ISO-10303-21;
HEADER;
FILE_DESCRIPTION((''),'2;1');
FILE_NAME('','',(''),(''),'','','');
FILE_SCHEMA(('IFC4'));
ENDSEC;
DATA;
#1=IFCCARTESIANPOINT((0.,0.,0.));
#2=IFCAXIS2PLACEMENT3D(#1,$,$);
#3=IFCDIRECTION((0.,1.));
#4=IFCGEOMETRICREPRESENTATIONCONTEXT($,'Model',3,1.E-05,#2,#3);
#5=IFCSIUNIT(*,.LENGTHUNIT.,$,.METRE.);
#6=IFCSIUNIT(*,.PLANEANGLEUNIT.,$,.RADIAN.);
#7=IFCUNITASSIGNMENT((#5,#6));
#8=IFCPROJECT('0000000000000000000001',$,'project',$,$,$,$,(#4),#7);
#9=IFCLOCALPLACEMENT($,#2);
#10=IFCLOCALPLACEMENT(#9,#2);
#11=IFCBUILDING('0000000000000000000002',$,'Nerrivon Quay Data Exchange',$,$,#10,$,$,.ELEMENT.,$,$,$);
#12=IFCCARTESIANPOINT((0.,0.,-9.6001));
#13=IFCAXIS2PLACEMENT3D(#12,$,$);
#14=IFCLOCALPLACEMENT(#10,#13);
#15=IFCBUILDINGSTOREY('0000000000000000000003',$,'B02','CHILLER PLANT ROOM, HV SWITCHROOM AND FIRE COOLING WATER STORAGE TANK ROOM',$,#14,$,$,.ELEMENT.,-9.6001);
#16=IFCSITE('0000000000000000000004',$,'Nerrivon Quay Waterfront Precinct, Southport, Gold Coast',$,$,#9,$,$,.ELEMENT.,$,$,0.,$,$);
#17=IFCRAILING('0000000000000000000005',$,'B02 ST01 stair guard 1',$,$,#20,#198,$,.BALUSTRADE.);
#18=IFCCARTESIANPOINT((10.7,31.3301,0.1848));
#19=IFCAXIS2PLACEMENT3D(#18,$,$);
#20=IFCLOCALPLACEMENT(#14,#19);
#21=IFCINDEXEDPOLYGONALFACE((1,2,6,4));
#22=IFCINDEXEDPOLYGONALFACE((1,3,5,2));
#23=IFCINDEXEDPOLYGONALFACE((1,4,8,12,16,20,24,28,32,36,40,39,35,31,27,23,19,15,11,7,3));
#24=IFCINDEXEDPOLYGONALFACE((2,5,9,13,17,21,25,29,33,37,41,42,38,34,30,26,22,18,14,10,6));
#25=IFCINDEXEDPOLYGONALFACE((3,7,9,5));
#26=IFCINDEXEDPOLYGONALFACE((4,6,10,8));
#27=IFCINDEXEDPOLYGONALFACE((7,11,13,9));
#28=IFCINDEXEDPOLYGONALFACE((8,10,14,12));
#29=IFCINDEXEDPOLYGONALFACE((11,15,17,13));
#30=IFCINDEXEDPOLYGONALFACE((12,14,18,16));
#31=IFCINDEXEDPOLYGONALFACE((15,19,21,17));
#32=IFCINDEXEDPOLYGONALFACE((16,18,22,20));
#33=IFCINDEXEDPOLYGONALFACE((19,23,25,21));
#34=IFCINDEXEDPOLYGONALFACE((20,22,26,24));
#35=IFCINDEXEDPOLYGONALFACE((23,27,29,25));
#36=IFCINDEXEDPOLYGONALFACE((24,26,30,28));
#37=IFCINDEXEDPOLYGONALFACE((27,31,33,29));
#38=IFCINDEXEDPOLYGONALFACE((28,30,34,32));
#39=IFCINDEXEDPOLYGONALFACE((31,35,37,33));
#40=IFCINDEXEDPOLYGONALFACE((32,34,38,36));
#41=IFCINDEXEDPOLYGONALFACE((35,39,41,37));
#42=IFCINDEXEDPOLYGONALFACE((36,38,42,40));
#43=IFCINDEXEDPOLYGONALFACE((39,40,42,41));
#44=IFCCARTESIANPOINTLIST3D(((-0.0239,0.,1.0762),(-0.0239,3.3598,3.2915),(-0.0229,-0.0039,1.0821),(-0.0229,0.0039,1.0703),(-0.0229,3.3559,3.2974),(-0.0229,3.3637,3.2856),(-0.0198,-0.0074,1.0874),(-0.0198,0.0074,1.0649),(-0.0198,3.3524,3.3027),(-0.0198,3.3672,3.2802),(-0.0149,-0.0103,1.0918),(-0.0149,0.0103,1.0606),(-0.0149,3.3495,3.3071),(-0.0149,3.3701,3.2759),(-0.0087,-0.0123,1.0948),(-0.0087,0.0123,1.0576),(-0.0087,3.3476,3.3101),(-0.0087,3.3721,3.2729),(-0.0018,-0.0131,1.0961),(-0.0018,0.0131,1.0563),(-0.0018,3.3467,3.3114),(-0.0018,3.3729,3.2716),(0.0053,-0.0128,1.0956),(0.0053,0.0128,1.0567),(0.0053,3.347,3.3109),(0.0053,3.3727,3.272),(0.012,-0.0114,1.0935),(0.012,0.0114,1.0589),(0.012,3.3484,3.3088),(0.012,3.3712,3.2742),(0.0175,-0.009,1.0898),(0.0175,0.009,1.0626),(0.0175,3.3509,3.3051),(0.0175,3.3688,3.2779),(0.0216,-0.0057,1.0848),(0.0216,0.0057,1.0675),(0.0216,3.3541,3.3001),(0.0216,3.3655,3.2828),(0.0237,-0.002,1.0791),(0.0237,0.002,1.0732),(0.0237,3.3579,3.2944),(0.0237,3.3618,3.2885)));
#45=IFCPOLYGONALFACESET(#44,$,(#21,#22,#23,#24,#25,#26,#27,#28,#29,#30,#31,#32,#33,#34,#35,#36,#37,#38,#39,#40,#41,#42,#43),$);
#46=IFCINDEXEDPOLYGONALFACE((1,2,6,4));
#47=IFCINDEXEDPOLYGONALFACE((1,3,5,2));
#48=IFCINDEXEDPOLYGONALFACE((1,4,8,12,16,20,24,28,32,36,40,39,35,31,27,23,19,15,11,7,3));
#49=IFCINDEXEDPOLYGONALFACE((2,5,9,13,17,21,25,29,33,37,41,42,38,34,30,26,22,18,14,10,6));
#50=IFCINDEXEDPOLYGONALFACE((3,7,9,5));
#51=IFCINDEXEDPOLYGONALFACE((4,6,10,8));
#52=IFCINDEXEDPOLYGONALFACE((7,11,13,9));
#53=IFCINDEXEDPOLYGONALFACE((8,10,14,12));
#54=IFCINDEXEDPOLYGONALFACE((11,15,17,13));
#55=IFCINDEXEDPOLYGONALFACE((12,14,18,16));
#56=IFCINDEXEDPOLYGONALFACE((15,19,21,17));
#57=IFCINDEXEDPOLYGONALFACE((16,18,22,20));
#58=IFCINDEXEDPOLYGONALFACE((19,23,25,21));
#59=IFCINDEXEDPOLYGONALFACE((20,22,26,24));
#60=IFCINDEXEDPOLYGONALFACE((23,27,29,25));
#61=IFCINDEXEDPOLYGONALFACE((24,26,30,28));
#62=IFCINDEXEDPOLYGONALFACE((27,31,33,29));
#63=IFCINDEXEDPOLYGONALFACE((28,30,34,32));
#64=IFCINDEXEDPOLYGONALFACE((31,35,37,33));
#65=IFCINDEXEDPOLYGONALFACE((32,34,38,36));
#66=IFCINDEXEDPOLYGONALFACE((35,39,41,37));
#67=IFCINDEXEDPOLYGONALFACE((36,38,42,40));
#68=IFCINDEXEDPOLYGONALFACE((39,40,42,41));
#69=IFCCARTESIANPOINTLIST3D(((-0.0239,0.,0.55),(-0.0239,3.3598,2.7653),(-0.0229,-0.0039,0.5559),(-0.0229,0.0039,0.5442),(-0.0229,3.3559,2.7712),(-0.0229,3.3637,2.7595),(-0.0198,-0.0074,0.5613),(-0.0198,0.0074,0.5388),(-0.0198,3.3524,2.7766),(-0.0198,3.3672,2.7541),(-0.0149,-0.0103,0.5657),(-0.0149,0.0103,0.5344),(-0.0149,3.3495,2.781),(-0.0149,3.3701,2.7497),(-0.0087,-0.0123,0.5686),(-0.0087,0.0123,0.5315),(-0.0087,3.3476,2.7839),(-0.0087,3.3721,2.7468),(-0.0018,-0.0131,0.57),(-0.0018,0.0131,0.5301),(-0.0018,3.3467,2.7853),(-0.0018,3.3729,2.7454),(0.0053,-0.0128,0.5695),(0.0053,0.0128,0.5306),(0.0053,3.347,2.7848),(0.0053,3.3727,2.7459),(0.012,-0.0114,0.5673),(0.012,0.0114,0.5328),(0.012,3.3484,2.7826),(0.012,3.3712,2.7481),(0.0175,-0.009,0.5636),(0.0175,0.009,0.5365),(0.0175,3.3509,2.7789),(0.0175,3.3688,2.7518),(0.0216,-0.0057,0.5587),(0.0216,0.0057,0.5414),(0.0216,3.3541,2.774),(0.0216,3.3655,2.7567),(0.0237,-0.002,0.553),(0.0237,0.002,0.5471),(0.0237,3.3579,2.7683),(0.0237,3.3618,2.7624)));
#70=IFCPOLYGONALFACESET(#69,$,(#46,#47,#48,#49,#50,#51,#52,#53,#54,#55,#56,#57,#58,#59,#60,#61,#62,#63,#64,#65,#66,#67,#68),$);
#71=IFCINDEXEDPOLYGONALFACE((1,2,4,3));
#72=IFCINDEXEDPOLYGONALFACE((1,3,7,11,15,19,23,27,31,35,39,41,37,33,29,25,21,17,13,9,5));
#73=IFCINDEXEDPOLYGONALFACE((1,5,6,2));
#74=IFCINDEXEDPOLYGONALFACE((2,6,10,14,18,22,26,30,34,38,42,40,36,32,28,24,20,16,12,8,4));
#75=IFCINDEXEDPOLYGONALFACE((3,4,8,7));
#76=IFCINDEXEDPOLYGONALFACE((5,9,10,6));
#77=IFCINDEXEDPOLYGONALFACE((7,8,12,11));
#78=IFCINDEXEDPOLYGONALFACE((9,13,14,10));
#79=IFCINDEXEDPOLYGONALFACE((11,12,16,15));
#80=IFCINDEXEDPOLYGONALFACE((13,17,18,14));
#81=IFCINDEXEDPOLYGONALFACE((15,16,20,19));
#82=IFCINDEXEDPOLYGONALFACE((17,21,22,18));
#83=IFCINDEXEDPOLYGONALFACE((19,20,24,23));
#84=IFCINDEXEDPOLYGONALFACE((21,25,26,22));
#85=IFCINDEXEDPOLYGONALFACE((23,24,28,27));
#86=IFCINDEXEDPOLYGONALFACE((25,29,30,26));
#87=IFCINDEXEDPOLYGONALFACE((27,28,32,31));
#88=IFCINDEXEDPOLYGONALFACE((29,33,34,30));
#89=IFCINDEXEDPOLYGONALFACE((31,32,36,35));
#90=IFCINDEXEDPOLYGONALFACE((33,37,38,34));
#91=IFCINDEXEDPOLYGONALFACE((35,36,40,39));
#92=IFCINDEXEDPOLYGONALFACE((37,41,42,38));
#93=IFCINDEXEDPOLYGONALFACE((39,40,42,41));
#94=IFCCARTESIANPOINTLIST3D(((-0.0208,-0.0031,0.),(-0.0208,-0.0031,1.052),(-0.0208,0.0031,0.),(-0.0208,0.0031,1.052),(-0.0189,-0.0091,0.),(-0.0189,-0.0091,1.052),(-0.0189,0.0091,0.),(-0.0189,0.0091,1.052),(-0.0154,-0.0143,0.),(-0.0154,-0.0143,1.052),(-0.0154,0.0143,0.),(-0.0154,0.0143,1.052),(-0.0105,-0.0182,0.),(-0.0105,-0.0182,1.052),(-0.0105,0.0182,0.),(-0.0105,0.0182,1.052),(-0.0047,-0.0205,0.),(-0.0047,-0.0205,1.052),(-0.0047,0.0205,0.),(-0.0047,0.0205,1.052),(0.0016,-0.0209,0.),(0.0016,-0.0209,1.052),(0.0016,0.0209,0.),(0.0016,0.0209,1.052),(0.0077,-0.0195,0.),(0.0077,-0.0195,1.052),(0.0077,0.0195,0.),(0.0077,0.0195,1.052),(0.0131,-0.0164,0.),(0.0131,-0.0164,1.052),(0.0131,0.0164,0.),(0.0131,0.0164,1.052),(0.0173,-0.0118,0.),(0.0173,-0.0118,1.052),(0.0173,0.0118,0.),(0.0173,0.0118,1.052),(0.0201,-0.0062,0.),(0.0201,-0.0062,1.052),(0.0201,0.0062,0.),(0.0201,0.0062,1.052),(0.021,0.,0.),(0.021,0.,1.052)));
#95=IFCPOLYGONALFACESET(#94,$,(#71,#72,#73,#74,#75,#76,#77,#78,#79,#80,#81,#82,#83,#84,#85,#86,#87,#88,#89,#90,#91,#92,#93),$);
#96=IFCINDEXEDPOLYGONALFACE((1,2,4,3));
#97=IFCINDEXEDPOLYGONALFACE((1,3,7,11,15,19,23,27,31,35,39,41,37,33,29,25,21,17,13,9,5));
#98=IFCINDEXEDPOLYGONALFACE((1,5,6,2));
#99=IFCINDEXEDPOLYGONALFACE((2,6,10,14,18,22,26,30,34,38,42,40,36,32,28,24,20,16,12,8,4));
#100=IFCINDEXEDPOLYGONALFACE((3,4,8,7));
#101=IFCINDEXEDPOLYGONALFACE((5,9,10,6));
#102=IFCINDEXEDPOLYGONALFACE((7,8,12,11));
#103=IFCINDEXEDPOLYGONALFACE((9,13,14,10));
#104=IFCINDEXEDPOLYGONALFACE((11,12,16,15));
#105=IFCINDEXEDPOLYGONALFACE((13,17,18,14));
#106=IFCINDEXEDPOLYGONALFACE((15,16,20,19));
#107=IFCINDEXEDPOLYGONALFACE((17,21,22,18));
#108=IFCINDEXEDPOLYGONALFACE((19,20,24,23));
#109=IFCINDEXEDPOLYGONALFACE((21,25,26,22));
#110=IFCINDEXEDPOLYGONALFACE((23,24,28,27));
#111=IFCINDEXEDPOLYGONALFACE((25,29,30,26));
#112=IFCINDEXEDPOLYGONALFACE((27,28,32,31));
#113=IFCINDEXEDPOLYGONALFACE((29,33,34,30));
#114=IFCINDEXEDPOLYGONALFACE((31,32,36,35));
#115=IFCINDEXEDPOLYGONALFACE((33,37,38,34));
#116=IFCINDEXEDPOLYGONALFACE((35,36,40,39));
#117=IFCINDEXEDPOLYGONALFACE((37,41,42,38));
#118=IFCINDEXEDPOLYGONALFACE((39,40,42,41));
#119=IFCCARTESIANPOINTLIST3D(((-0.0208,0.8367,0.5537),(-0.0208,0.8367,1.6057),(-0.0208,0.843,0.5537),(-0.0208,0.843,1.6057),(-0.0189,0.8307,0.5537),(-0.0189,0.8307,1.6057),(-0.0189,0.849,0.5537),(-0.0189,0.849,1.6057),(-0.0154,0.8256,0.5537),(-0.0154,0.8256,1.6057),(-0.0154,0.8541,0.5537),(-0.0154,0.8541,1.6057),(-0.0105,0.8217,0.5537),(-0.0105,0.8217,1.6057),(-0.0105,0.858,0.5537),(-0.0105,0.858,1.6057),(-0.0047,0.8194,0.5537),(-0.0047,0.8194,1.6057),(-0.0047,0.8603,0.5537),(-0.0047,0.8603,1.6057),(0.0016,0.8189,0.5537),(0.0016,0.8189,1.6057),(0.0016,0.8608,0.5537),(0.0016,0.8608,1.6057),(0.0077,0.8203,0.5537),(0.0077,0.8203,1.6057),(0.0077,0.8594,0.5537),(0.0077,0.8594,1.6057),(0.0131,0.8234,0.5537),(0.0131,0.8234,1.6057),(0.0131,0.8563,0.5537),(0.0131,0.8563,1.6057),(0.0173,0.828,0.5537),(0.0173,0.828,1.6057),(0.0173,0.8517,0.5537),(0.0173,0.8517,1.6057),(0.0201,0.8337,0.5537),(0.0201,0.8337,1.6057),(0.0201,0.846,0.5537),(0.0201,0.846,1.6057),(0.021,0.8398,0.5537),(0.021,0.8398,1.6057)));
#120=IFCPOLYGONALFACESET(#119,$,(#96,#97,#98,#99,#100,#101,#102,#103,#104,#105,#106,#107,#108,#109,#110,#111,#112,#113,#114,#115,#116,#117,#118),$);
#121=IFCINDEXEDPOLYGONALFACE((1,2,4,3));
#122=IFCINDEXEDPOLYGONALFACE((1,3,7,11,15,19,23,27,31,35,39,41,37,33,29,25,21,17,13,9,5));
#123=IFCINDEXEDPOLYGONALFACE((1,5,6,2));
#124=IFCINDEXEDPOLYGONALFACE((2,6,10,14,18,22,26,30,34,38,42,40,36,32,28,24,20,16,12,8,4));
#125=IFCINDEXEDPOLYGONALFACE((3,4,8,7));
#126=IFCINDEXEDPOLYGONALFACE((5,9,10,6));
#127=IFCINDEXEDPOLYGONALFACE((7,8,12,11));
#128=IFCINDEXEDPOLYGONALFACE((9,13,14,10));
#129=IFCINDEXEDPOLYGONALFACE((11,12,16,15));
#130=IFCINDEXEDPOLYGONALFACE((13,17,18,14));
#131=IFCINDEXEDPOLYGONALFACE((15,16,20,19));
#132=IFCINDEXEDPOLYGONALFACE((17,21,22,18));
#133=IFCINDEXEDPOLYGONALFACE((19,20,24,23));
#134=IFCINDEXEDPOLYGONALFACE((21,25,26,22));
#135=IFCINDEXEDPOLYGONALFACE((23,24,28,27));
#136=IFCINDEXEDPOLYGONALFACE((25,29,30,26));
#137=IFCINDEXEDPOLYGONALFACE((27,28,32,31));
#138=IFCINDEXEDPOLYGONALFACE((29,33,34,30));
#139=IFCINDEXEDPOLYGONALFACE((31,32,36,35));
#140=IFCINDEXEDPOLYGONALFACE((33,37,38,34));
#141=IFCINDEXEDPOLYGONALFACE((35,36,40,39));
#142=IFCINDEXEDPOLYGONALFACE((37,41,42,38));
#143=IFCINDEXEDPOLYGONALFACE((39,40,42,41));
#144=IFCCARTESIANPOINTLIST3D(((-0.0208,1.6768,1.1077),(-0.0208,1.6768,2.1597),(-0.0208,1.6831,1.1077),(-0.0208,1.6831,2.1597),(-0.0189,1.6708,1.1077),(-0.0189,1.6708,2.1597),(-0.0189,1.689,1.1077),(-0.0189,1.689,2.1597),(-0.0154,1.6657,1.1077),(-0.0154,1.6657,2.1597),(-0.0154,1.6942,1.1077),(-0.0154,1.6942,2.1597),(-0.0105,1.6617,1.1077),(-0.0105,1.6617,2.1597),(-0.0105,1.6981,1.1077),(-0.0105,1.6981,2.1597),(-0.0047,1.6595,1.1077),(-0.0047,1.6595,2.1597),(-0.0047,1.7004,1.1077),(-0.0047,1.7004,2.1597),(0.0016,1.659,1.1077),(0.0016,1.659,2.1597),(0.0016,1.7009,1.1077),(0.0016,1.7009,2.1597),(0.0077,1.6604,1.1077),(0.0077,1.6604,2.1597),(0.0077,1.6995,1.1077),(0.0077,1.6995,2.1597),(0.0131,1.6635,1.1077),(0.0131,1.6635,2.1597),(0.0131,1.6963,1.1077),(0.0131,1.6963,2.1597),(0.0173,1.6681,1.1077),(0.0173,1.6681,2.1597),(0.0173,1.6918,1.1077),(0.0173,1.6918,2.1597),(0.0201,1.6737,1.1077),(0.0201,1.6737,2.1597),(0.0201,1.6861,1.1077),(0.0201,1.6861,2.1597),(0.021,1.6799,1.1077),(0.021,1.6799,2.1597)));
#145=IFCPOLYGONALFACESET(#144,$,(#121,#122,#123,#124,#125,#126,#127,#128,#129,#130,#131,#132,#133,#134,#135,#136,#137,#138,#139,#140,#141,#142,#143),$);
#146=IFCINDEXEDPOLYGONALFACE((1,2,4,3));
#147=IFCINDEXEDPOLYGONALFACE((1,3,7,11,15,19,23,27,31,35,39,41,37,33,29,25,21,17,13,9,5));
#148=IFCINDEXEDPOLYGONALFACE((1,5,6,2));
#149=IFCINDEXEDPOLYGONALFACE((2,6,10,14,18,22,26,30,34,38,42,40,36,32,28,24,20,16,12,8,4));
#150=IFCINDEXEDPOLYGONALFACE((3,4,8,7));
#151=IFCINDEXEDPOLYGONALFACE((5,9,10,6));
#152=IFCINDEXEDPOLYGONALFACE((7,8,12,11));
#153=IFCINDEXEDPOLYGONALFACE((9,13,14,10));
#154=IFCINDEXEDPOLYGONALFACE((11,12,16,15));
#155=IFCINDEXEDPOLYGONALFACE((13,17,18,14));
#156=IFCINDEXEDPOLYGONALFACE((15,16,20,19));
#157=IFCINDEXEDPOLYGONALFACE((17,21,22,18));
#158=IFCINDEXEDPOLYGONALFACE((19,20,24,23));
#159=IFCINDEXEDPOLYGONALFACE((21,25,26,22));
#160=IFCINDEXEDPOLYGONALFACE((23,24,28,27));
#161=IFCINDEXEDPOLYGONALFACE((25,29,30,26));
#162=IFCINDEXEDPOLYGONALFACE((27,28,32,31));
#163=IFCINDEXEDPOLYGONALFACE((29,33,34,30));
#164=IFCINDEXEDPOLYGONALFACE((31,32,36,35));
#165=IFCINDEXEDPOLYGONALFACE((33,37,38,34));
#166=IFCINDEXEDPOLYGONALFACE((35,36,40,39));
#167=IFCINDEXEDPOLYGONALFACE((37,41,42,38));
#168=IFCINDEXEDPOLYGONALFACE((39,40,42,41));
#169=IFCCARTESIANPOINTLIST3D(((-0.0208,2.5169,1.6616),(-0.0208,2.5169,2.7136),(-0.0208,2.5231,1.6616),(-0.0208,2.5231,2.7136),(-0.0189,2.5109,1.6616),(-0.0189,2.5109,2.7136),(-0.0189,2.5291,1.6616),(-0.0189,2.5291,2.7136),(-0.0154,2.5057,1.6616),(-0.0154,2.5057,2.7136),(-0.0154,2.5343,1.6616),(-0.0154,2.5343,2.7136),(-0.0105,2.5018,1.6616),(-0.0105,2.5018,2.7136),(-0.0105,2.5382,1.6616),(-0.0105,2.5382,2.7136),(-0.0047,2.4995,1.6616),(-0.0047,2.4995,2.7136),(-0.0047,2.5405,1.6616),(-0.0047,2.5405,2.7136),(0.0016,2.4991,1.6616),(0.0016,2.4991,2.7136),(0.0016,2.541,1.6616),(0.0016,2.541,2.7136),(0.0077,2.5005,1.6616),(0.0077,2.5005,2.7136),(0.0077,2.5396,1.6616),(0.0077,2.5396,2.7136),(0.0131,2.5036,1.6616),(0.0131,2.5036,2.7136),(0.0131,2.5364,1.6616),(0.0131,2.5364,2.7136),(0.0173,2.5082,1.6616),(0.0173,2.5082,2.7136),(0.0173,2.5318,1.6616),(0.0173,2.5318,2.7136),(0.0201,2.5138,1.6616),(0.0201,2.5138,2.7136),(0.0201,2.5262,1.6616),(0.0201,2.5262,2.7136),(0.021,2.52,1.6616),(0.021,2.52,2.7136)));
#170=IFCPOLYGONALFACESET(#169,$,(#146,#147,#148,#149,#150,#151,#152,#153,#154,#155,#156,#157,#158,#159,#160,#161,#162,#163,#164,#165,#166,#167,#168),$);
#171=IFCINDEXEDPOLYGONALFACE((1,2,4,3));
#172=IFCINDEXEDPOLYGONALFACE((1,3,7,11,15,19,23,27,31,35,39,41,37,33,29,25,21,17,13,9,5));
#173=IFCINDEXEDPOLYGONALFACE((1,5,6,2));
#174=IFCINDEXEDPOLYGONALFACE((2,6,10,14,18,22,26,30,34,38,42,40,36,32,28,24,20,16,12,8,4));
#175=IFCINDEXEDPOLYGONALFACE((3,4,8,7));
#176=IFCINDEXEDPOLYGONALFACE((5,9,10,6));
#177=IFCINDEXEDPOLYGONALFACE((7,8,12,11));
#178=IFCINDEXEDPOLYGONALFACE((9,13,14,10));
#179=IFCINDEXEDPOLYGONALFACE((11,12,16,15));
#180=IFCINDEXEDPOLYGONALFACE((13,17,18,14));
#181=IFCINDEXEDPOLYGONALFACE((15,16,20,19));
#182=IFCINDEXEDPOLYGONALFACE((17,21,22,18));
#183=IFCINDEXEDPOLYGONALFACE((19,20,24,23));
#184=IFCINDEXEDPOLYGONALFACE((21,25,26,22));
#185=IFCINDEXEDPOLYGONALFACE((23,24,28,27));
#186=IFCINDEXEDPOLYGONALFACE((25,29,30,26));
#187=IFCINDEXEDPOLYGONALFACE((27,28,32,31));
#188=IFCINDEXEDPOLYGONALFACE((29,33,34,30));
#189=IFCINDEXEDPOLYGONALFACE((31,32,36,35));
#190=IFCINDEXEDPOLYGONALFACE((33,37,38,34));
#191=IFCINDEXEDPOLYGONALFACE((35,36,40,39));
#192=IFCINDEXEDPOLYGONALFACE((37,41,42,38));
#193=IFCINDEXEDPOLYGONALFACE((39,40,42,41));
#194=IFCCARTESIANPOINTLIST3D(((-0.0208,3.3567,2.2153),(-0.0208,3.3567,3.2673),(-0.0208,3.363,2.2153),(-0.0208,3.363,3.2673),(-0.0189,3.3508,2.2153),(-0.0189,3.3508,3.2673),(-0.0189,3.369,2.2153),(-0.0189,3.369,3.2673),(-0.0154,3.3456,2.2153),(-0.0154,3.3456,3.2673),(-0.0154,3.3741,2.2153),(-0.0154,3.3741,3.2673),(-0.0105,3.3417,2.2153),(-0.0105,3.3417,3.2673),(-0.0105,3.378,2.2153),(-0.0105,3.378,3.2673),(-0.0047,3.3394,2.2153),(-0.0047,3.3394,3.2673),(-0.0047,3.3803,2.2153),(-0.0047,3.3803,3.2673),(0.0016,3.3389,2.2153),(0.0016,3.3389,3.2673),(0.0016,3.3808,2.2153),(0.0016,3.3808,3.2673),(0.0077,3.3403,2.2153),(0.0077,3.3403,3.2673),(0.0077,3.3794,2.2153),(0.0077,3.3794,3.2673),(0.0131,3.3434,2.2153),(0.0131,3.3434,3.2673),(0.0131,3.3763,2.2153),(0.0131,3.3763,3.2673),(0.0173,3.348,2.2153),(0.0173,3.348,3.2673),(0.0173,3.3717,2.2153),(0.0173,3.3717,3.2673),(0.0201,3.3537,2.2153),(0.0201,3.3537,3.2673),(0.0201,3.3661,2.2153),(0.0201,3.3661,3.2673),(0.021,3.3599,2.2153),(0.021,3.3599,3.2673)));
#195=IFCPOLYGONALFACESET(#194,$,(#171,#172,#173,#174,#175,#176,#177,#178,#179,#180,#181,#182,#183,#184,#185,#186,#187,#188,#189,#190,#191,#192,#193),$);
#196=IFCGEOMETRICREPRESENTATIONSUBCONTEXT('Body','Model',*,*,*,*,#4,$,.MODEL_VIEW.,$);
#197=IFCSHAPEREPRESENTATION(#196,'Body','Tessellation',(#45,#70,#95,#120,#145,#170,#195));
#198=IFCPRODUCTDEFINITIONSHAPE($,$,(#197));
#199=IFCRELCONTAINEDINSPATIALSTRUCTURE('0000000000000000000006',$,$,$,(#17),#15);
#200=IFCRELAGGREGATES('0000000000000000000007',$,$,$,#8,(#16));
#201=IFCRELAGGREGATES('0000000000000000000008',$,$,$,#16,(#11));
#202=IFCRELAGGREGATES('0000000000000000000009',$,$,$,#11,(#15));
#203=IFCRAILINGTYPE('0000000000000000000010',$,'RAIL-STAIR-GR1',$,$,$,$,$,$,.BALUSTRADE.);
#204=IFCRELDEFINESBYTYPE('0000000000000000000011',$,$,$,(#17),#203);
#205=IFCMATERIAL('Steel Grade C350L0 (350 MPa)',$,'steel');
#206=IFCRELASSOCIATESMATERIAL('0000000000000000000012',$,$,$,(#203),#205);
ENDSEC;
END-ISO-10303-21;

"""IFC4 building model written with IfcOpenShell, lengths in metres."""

from ifc_helpers import new_model, si_unit, direction, frame, origin, origin_2d, place, context, subcontext, project, spatial, circle, extrude, material, type_object, element, save


model = new_model("IFC4")

# Units and contexts
model_context = context("Model", 3, precision=1e-05, world=origin(), true_north=direction((0.0, 1.0)))
body_context = subcontext(model_context, "Body", "Model", "MODEL_VIEW")
ifc_project = project(units=[si_unit("LENGTHUNIT", "METRE"), si_unit("PLANEANGLEUNIT", "RADIAN")], contexts=[model_context])

# Site, building, storey
site_placement = place(None, origin())
site = spatial("IfcSite", under=ifc_project, at=site_placement, Name="Nerrivon Quay Waterfront Precinct, Southport, Gold Coast", CompositionType="ELEMENT", RefElevation=0.0)
building_placement = place(site_placement, origin())
building = spatial("IfcBuilding", under=site, at=building_placement, Name="Nerrivon Quay Data Exchange", CompositionType="ELEMENT")
storey_placement = place(building_placement, frame((0.0, 0.0, -9.6001)))
storey = spatial("IfcBuildingStorey", under=building, at=storey_placement, Name="B02", Description="CHILLER PLANT ROOM, HV SWITCHROOM AND FIRE COOLING WATER STORAGE TANK ROOM", CompositionType="ELEMENT", Elevation=-9.6001)

# Railing
ifc_material_1 = material(Name="Steel Grade C350L0 (350 MPa)", Category="steel")
railing_type_1 = type_object("IfcRailingType", Name="RAIL-STAIR-GR1", PredefinedType="BALUSTRADE", material=ifc_material_1)
railing_1_placement = place(storey_placement, frame((10.7, 31.3301, 0.1848)))
element("IfcRailing", 1, at=railing_1_placement, inside=storey, type_object=railing_type_1, Name="B02 ST01 stair guard 1", PredefinedType="BALUSTRADE", context=body_context, shape_type="SweptSolid", body=[
    extrude(circle(Radius=0.0239, at=origin_2d()), frame((0.0, 0.0, 1.0762), z_axis=(0.0, 0.834858, 0.550465), x_axis=(-1.0, 0.0, 0.0)), (0.0, 0.0, 1.0), 4.0244),
    extrude(circle(Radius=0.0239, at=origin_2d()), frame((0.0, 0.0, 0.55), z_axis=(0.0, 0.834858, 0.550465), x_axis=(-1.0, 0.0, 0.0)), (0.0, 0.0, 1.0), 4.0244),
    extrude(circle(Radius=0.021, at=origin_2d()), origin(), (0.0, 0.0, 1.0), 1.052),
    extrude(circle(Radius=0.021, at=origin_2d()), frame((0.0, 0.8398, 0.5537)), (0.0, 0.0, 1.0), 1.052),
    extrude(circle(Radius=0.021, at=origin_2d()), frame((0.0, 1.6799, 1.1077)), (0.0, 0.0, 1.0), 1.052),
    extrude(circle(Radius=0.021, at=origin_2d()), frame((0.0, 2.52, 1.6616)), (0.0, 0.0, 1.0), 1.052),
    extrude(circle(Radius=0.021, at=origin_2d()), frame((0.0, 3.3599, 2.2153)), (0.0, 0.0, 1.0), 1.052),
])

save(model, "model.ifc")
